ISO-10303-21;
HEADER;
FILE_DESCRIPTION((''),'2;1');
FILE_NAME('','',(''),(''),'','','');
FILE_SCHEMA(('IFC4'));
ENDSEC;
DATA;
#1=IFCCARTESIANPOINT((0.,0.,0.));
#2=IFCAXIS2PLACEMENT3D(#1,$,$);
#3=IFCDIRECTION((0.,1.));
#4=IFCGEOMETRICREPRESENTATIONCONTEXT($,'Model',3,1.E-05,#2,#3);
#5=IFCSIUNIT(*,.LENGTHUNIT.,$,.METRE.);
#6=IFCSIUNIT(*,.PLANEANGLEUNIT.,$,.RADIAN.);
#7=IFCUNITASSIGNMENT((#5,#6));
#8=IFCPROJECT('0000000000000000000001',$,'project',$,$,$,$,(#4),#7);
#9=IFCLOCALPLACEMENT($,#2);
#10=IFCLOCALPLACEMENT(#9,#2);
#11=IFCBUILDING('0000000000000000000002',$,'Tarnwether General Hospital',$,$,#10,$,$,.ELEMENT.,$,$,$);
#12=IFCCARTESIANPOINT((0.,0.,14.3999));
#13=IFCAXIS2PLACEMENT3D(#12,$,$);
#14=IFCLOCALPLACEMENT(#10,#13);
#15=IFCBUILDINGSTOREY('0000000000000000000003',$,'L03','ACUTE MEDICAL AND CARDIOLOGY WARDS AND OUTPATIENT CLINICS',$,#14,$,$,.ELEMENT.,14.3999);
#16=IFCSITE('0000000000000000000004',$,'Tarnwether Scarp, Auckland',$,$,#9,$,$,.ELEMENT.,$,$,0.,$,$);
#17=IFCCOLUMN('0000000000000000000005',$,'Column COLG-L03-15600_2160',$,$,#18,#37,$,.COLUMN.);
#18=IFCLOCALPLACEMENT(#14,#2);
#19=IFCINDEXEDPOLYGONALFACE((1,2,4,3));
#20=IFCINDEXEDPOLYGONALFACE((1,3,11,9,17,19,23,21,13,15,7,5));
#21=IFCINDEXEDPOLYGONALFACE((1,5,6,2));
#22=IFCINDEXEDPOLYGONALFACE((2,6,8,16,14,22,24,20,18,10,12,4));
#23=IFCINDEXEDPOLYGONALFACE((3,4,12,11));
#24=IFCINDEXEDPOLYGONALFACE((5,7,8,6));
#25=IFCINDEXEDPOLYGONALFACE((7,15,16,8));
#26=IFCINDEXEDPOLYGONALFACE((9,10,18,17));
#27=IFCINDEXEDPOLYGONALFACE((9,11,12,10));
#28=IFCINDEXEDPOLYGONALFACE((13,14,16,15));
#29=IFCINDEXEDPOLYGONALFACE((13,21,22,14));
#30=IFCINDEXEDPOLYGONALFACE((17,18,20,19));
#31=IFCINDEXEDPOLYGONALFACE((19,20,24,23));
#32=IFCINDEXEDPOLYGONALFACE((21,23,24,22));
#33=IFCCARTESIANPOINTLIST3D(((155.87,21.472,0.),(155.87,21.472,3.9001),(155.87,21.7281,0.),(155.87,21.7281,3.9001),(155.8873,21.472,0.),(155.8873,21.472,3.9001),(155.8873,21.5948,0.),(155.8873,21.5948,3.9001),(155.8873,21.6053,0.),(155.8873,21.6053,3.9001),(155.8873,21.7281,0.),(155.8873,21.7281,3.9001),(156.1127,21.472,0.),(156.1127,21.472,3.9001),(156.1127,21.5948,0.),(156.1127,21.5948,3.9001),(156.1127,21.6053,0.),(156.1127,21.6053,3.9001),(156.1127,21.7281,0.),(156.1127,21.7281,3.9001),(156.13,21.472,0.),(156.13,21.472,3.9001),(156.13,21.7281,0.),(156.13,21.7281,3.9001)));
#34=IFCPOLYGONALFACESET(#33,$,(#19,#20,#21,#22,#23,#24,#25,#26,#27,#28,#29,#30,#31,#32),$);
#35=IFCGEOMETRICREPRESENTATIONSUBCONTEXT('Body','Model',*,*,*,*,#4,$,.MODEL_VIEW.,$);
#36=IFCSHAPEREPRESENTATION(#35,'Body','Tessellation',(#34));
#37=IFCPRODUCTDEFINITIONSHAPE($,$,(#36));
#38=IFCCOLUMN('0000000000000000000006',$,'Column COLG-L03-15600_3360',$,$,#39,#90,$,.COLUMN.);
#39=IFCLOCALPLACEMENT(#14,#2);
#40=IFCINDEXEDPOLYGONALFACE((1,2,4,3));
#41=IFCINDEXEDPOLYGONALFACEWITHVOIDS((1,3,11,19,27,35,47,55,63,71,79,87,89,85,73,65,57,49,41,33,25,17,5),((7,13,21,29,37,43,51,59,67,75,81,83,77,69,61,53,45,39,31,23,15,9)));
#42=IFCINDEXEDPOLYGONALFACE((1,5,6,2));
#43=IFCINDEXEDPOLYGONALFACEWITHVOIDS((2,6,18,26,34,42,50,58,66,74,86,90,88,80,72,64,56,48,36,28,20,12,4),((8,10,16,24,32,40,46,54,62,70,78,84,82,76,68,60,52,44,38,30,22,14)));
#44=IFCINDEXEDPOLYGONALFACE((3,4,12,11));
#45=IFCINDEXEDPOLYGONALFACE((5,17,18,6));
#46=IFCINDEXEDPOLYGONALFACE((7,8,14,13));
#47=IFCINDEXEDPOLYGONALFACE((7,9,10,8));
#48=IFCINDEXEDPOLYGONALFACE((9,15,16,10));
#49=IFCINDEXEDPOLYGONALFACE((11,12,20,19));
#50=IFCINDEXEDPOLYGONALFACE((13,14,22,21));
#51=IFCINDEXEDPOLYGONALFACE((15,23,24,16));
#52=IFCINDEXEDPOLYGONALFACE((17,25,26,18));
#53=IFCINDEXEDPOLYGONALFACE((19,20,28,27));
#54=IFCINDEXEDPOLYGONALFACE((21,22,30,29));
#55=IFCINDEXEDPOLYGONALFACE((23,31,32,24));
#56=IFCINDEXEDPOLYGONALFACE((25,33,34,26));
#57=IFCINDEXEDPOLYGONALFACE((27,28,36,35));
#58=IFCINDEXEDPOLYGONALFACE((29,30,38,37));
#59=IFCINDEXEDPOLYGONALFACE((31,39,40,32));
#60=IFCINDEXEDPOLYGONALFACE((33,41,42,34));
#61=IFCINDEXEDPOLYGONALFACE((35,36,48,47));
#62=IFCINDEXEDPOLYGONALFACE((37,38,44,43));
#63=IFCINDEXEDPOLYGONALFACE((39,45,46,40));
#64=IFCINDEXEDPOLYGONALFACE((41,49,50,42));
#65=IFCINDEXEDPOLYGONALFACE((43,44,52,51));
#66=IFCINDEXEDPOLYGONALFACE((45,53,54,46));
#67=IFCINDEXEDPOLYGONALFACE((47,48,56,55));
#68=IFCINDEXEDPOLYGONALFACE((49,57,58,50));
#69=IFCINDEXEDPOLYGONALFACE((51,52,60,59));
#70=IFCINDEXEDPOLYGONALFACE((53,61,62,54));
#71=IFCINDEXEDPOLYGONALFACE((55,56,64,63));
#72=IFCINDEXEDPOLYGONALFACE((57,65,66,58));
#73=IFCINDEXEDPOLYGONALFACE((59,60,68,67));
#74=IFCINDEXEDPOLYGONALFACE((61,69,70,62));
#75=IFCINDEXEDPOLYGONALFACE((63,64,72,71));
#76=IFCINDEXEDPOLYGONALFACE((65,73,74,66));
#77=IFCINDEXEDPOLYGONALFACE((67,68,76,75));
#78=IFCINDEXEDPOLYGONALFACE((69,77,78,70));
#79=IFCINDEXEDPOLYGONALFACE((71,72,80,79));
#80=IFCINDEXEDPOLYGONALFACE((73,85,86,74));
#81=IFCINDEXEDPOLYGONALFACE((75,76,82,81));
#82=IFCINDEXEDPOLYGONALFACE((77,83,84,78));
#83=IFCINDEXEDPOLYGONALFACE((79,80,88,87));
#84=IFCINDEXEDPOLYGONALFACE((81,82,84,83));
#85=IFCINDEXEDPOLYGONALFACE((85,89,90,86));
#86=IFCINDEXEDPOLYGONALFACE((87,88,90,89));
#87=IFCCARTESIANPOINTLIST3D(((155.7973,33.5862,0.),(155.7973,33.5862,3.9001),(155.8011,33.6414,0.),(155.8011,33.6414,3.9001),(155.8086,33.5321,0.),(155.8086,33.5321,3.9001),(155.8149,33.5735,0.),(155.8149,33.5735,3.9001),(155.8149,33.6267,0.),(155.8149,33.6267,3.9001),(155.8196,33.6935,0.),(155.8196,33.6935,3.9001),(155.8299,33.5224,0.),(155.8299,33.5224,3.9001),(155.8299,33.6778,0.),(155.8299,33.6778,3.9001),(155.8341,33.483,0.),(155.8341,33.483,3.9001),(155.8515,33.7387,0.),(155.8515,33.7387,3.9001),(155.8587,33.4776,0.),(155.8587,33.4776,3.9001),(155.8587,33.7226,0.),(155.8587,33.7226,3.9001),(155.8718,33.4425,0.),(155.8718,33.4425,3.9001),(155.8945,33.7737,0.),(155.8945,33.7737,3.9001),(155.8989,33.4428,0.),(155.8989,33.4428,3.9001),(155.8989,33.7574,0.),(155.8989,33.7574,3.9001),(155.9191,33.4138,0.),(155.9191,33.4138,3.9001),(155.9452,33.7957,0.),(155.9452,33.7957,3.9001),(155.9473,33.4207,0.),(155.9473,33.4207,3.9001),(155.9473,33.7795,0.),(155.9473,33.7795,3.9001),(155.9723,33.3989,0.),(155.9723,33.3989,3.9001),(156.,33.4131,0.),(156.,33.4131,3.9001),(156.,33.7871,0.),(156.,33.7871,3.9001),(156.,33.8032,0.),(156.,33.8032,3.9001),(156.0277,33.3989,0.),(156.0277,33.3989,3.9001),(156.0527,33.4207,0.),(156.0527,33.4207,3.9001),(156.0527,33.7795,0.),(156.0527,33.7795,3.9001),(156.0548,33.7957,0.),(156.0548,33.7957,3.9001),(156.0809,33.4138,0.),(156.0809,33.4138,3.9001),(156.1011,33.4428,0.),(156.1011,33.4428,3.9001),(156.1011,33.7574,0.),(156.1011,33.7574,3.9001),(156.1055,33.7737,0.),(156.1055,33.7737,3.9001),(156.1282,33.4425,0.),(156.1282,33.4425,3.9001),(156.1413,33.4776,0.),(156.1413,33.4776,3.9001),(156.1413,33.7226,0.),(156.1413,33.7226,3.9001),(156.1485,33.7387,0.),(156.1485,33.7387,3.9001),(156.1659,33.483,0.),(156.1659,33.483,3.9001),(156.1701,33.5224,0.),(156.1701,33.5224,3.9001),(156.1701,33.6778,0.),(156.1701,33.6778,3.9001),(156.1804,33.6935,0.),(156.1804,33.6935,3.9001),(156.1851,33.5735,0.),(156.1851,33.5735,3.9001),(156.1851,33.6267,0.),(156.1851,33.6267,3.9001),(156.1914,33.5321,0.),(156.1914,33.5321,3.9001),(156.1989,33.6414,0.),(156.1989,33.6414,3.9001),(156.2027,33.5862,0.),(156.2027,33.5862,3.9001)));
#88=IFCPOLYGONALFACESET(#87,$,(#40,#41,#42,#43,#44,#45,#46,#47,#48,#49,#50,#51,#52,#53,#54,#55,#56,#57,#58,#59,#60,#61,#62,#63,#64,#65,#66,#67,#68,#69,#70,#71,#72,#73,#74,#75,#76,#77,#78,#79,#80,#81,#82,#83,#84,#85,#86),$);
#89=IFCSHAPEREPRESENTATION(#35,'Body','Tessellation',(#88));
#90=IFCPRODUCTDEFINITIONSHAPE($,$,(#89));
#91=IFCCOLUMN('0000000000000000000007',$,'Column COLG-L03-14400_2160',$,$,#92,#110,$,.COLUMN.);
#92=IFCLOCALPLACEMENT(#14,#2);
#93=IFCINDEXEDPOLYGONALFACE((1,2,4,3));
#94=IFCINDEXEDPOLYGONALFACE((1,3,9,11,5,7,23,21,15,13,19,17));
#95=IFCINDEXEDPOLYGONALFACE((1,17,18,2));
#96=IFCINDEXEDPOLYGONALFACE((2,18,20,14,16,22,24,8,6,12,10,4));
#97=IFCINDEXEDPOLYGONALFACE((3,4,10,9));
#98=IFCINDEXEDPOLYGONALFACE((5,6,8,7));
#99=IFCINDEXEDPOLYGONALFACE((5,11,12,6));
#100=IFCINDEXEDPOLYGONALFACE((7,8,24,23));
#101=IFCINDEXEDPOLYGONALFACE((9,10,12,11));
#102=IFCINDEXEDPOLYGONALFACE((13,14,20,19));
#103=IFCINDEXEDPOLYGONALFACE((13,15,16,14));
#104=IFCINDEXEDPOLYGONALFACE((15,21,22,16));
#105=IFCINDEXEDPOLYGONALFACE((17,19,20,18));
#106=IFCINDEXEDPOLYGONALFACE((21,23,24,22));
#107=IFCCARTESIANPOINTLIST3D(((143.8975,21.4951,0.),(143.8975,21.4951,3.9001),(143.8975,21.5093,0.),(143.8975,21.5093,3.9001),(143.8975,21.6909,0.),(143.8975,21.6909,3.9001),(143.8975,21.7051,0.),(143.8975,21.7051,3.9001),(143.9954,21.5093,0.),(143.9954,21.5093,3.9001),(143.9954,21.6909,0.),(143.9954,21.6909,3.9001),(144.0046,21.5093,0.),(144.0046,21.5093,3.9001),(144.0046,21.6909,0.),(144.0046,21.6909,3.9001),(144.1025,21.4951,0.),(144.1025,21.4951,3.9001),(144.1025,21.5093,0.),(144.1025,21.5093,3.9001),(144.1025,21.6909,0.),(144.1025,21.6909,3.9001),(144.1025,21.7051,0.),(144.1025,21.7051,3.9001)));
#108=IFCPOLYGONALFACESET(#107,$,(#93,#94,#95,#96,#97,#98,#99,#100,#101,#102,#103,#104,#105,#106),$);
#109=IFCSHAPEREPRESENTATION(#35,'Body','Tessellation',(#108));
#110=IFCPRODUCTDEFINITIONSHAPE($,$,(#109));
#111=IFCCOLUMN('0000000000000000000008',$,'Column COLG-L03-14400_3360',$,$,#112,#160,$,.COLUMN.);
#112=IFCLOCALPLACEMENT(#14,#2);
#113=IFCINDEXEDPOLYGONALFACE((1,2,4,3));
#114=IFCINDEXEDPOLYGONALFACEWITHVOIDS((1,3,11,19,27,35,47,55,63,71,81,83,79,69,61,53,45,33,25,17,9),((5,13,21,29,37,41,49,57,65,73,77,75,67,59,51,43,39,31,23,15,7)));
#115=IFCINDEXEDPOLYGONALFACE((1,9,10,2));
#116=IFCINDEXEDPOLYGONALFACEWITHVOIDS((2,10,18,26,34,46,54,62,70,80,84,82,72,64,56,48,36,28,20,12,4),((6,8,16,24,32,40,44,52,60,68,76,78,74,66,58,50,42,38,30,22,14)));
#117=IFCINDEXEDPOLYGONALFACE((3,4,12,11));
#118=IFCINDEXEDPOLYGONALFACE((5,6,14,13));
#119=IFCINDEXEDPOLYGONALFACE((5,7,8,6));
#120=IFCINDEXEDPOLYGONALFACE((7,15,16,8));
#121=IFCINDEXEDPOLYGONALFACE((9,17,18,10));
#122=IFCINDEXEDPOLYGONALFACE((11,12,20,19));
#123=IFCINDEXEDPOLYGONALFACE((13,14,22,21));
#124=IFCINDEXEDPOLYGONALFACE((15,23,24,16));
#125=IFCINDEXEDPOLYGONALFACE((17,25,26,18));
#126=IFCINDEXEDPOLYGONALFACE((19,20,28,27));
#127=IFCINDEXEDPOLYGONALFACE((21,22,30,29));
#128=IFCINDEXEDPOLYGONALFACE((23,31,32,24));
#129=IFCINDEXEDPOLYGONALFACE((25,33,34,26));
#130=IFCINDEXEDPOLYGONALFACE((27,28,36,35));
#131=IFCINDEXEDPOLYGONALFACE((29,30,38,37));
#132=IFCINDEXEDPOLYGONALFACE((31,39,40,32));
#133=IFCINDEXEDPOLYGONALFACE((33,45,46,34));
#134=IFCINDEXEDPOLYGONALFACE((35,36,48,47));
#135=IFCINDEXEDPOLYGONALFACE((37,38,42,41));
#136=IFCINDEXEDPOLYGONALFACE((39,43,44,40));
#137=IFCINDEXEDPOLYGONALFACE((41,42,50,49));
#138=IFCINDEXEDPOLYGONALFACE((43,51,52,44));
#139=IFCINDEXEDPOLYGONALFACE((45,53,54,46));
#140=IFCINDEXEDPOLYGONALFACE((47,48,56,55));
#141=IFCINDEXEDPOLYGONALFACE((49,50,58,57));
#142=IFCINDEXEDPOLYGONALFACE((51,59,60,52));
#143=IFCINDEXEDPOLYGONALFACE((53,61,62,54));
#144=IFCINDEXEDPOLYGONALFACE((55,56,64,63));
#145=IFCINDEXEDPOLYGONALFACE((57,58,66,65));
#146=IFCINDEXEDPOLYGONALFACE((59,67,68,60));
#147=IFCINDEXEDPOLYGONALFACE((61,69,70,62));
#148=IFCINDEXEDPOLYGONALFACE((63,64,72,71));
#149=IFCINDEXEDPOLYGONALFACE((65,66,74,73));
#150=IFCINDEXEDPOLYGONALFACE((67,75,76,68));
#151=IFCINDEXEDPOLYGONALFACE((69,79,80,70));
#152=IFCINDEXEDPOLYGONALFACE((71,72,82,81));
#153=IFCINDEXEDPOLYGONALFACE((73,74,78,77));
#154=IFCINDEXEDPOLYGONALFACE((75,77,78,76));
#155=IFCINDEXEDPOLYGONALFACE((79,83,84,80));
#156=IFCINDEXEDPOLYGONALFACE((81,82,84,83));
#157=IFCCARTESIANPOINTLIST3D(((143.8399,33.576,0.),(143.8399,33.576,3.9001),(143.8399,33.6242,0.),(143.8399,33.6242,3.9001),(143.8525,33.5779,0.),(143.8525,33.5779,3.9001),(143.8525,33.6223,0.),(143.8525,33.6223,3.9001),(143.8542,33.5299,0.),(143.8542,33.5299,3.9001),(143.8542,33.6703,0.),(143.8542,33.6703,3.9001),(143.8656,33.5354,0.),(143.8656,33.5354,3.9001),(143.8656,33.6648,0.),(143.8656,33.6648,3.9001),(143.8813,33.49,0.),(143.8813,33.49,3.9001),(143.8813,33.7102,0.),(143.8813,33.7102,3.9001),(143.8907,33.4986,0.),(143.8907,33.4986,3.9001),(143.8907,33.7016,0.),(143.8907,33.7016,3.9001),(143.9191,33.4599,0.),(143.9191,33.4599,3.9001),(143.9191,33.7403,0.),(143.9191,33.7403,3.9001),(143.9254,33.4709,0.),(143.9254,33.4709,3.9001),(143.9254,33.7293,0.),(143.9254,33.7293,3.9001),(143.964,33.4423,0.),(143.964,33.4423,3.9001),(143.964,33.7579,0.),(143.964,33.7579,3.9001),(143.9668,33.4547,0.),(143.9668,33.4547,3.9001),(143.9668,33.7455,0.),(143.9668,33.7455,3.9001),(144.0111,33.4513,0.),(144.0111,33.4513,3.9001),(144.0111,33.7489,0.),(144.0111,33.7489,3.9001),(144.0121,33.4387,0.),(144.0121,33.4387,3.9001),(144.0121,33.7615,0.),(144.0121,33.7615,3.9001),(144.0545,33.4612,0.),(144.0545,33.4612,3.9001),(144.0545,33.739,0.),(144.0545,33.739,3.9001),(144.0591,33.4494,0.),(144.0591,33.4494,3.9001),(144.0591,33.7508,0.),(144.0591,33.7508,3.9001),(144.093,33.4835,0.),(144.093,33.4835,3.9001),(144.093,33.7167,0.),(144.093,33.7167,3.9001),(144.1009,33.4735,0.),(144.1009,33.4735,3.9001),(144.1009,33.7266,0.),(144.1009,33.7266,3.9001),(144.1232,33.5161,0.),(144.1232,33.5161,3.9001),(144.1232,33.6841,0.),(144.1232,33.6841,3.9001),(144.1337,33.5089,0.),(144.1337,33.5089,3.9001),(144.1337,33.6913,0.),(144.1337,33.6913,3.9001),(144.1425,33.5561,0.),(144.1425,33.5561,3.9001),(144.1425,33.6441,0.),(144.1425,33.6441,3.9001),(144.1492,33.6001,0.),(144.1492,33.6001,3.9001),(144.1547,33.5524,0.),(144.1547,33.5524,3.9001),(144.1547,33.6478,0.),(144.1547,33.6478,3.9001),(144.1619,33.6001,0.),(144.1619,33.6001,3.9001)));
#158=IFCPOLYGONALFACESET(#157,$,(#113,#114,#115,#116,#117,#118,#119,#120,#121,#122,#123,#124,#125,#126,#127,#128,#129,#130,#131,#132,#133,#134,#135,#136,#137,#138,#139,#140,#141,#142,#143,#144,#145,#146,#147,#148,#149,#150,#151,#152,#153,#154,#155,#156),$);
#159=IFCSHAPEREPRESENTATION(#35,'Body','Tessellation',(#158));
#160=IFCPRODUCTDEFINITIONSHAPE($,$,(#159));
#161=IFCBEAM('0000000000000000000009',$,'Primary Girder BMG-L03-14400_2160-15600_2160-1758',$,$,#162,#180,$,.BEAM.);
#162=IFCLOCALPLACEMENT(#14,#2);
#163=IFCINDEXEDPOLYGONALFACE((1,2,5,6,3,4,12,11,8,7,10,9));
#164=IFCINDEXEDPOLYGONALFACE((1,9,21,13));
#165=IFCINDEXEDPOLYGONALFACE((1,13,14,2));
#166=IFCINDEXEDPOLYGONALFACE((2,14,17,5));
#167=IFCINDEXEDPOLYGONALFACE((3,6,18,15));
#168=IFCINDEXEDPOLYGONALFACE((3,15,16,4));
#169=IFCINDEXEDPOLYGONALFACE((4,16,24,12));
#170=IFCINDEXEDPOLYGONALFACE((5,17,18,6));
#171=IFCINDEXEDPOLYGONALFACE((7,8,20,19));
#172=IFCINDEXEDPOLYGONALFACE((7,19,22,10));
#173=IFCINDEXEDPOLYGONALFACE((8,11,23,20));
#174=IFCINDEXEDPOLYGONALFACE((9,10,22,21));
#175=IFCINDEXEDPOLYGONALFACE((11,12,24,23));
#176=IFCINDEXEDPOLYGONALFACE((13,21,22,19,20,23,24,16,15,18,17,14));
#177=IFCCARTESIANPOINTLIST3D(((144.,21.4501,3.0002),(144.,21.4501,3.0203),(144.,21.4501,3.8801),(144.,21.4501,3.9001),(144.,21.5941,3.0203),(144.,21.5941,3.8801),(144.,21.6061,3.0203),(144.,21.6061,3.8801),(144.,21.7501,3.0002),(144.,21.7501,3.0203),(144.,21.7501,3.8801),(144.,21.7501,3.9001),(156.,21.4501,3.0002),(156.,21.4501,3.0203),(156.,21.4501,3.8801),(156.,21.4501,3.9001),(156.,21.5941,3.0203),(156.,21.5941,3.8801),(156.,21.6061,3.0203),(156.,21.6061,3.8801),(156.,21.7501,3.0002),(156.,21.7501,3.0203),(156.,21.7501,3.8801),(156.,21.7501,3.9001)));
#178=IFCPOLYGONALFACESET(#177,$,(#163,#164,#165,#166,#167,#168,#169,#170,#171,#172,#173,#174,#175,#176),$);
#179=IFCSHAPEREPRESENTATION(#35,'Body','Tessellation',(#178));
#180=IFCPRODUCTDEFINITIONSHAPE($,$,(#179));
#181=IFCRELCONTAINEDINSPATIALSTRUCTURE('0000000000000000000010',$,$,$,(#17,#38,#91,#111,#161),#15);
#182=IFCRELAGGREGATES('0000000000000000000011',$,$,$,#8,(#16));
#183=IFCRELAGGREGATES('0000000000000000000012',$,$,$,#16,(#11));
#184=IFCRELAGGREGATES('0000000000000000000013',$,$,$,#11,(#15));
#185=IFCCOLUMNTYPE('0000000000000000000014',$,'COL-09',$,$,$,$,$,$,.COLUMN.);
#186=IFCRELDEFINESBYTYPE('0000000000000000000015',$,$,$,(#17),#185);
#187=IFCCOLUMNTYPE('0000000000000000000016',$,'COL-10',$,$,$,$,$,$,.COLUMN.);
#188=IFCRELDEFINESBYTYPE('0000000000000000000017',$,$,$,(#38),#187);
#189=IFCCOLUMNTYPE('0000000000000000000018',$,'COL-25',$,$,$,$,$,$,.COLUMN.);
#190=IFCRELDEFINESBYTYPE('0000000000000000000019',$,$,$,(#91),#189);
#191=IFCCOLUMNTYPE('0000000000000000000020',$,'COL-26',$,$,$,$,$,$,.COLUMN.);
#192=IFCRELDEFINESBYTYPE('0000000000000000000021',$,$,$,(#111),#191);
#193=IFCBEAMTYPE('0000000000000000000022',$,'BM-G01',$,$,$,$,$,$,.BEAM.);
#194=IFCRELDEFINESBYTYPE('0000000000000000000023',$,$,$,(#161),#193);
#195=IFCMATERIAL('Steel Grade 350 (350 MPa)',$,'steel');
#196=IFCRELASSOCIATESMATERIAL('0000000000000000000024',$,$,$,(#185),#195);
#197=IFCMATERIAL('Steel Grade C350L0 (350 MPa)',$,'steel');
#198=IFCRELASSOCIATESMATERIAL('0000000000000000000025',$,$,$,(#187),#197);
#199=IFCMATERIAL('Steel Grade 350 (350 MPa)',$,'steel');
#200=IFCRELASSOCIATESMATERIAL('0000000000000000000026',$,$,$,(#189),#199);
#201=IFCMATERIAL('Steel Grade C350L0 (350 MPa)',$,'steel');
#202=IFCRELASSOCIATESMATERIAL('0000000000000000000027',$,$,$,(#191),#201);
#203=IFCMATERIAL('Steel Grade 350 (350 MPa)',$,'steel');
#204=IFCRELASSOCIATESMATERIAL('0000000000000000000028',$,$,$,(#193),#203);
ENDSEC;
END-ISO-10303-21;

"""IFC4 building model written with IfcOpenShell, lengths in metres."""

from ifc_helpers import new_model, si_unit, direction, frame, origin, origin_2d, place, context, subcontext, project, spatial, hollow_circle, i_section, extrude, material, material_profile, profile_set, type_object, element, save


model = new_model("IFC4")

# Units and contexts
model_context = context("Model", 3, precision=1e-05, world=origin(), true_north=direction((0.0, 1.0)))
body_context = subcontext(model_context, "Body", "Model", "MODEL_VIEW")
ifc_project = project(units=[si_unit("LENGTHUNIT", "METRE"), si_unit("PLANEANGLEUNIT", "RADIAN")], contexts=[model_context])

# Site, building, storey
site_placement = place(None, origin())
site = spatial("IfcSite", under=ifc_project, at=site_placement, Name="Tarnwether Scarp, Auckland", CompositionType="ELEMENT", RefElevation=0.0)
building_placement = place(site_placement, origin())
building = spatial("IfcBuilding", under=site, at=building_placement, Name="Tarnwether General Hospital", CompositionType="ELEMENT")
storey_placement = place(building_placement, frame((0.0, 0.0, 14.3999)))
storey = spatial("IfcBuildingStorey", under=building, at=storey_placement, Name="L03", Description="ACUTE MEDICAL AND CARDIOLOGY WARDS AND OUTPATIENT CLINICS", CompositionType="ELEMENT", Elevation=14.3999)

# Columns
ifc_material_1 = material(Name="Steel Grade 350 (350 MPa)", Category="steel")
ifc_material_profile_1 = material_profile(ifc_material_1, i_section(OverallWidth=0.2561, OverallDepth=0.26, WebThickness=0.0105, FlangeThickness=0.0173, at=origin_2d()), Name="250UC89.5")
ifc_profile_set_1 = profile_set([ifc_material_profile_1], Name="Steel Grade 350 (350 MPa)")
column_type_1 = type_object("IfcColumnType", Name="COL-09", PredefinedType="COLUMN", material=ifc_profile_set_1)
column_1_placement = place(storey_placement, frame((156.0, 21.6001, 0.0), z_axis=(0.0, 0.0, 1.0), x_axis=(0.0, 1.0, 0.0)))
element("IfcColumn", 1, at=column_1_placement, inside=storey, type_object=column_type_1, Name="Column COLG-L03-15600_2160", PredefinedType="COLUMN", context=body_context, shape_type="SweptSolid", body=[
    extrude(i_section(OverallWidth=0.2561, OverallDepth=0.26, WebThickness=0.0105, FlangeThickness=0.0173, at=origin_2d()), origin(), (0.0, 0.0, 1.0), 3.9001),
])
ifc_material_2 = material(Name="Steel Grade C350L0 (350 MPa)", Category="steel")
ifc_material_profile_2 = material_profile(ifc_material_2, hollow_circle(Radius=0.2031, WallThickness=0.0161, at=origin_2d()), Name="CHS406.4x16.0")
ifc_profile_set_2 = profile_set([ifc_material_profile_2], Name="Steel Grade C350L0 (350 MPa)")
column_type_2 = type_object("IfcColumnType", Name="COL-10", PredefinedType="COLUMN", material=ifc_profile_set_2)
column_2_placement = place(storey_placement, frame((156.0, 33.6001, 0.0), z_axis=(0.0, 0.0, 1.0), x_axis=(0.0, 1.0, 0.0)))
element("IfcColumn", 2, at=column_2_placement, inside=storey, type_object=column_type_2, Name="Column COLG-L03-15600_3360", PredefinedType="COLUMN", context=body_context, shape_type="SweptSolid", body=[
    extrude(hollow_circle(Radius=0.2031, WallThickness=0.0161, at=origin_2d()), origin(), (0.0, 0.0, 1.0), 3.9001),
])
ifc_material_3 = material(Name="Steel Grade 350 (350 MPa)", Category="steel")
ifc_material_profile_3 = material_profile(ifc_material_3, i_section(OverallWidth=0.2051, OverallDepth=0.21, WebThickness=0.0093, FlangeThickness=0.0142, at=origin_2d()), Name="200UC59.5")
ifc_profile_set_3 = profile_set([ifc_material_profile_3], Name="Steel Grade 350 (350 MPa)")
column_type_3 = type_object("IfcColumnType", Name="COL-25", PredefinedType="COLUMN", material=ifc_profile_set_3)
column_3_placement = place(storey_placement, frame((144.0, 21.6001, 0.0), z_axis=(0.0, 0.0, 1.0), x_axis=(1.0, 0.0, 0.0)))
element("IfcColumn", 3, at=column_3_placement, inside=storey, type_object=column_type_3, Name="Column COLG-L03-14400_2160", PredefinedType="COLUMN", context=body_context, shape_type="SweptSolid", body=[
    extrude(i_section(OverallWidth=0.2051, OverallDepth=0.21, WebThickness=0.0093, FlangeThickness=0.0142, at=origin_2d()), origin(), (0.0, 0.0, 1.0), 3.9001),
])
ifc_material_4 = material(Name="Steel Grade C350L0 (350 MPa)", Category="steel")
ifc_material_profile_4 = material_profile(ifc_material_4, hollow_circle(Radius=0.1619, WallThickness=0.0127, at=origin_2d()), Name="CHS323.9x12.7")
ifc_profile_set_4 = profile_set([ifc_material_profile_4], Name="Steel Grade C350L0 (350 MPa)")
column_type_4 = type_object("IfcColumnType", Name="COL-26", PredefinedType="COLUMN", material=ifc_profile_set_4)
column_4_placement = place(storey_placement, frame((144.0, 33.6001, 0.0), z_axis=(0.0, 0.0, 1.0), x_axis=(1.0, 0.0, 0.0)))
element("IfcColumn", 4, at=column_4_placement, inside=storey, type_object=column_type_4, Name="Column COLG-L03-14400_3360", PredefinedType="COLUMN", context=body_context, shape_type="SweptSolid", body=[
    extrude(hollow_circle(Radius=0.1619, WallThickness=0.0127, at=origin_2d()), origin(), (0.0, 0.0, 1.0), 3.9001),
])

# Beam
ifc_material_5 = material(Name="Steel Grade 350 (350 MPa)", Category="steel")
ifc_material_profile_5 = material_profile(ifc_material_5, i_section(OverallWidth=0.3, OverallDepth=0.8999, WebThickness=0.012, FlangeThickness=0.02, at=origin_2d()), Name="900WB175")
ifc_profile_set_5 = profile_set([ifc_material_profile_5], Name="Steel Grade 350 (350 MPa)")
beam_type_1 = type_object("IfcBeamType", Name="BM-G01", PredefinedType="BEAM", material=ifc_profile_set_5)
beam_1_placement = place(storey_placement, frame((144.0, 21.6001, 3.4502), z_axis=(1.0, 0.0, 0.0), x_axis=(0.0, 1.0, 0.0)))
element("IfcBeam", 5, at=beam_1_placement, inside=storey, type_object=beam_type_1, Name="Primary Girder BMG-L03-14400_2160-15600_2160-1758", PredefinedType="BEAM", context=body_context, shape_type="SweptSolid", body=[
    extrude(i_section(OverallWidth=0.3, OverallDepth=0.8999, WebThickness=0.012, FlangeThickness=0.02, at=origin_2d()), origin(), (0.0, 0.0, 1.0), 12.0),
])

save(model, "model.ifc")
